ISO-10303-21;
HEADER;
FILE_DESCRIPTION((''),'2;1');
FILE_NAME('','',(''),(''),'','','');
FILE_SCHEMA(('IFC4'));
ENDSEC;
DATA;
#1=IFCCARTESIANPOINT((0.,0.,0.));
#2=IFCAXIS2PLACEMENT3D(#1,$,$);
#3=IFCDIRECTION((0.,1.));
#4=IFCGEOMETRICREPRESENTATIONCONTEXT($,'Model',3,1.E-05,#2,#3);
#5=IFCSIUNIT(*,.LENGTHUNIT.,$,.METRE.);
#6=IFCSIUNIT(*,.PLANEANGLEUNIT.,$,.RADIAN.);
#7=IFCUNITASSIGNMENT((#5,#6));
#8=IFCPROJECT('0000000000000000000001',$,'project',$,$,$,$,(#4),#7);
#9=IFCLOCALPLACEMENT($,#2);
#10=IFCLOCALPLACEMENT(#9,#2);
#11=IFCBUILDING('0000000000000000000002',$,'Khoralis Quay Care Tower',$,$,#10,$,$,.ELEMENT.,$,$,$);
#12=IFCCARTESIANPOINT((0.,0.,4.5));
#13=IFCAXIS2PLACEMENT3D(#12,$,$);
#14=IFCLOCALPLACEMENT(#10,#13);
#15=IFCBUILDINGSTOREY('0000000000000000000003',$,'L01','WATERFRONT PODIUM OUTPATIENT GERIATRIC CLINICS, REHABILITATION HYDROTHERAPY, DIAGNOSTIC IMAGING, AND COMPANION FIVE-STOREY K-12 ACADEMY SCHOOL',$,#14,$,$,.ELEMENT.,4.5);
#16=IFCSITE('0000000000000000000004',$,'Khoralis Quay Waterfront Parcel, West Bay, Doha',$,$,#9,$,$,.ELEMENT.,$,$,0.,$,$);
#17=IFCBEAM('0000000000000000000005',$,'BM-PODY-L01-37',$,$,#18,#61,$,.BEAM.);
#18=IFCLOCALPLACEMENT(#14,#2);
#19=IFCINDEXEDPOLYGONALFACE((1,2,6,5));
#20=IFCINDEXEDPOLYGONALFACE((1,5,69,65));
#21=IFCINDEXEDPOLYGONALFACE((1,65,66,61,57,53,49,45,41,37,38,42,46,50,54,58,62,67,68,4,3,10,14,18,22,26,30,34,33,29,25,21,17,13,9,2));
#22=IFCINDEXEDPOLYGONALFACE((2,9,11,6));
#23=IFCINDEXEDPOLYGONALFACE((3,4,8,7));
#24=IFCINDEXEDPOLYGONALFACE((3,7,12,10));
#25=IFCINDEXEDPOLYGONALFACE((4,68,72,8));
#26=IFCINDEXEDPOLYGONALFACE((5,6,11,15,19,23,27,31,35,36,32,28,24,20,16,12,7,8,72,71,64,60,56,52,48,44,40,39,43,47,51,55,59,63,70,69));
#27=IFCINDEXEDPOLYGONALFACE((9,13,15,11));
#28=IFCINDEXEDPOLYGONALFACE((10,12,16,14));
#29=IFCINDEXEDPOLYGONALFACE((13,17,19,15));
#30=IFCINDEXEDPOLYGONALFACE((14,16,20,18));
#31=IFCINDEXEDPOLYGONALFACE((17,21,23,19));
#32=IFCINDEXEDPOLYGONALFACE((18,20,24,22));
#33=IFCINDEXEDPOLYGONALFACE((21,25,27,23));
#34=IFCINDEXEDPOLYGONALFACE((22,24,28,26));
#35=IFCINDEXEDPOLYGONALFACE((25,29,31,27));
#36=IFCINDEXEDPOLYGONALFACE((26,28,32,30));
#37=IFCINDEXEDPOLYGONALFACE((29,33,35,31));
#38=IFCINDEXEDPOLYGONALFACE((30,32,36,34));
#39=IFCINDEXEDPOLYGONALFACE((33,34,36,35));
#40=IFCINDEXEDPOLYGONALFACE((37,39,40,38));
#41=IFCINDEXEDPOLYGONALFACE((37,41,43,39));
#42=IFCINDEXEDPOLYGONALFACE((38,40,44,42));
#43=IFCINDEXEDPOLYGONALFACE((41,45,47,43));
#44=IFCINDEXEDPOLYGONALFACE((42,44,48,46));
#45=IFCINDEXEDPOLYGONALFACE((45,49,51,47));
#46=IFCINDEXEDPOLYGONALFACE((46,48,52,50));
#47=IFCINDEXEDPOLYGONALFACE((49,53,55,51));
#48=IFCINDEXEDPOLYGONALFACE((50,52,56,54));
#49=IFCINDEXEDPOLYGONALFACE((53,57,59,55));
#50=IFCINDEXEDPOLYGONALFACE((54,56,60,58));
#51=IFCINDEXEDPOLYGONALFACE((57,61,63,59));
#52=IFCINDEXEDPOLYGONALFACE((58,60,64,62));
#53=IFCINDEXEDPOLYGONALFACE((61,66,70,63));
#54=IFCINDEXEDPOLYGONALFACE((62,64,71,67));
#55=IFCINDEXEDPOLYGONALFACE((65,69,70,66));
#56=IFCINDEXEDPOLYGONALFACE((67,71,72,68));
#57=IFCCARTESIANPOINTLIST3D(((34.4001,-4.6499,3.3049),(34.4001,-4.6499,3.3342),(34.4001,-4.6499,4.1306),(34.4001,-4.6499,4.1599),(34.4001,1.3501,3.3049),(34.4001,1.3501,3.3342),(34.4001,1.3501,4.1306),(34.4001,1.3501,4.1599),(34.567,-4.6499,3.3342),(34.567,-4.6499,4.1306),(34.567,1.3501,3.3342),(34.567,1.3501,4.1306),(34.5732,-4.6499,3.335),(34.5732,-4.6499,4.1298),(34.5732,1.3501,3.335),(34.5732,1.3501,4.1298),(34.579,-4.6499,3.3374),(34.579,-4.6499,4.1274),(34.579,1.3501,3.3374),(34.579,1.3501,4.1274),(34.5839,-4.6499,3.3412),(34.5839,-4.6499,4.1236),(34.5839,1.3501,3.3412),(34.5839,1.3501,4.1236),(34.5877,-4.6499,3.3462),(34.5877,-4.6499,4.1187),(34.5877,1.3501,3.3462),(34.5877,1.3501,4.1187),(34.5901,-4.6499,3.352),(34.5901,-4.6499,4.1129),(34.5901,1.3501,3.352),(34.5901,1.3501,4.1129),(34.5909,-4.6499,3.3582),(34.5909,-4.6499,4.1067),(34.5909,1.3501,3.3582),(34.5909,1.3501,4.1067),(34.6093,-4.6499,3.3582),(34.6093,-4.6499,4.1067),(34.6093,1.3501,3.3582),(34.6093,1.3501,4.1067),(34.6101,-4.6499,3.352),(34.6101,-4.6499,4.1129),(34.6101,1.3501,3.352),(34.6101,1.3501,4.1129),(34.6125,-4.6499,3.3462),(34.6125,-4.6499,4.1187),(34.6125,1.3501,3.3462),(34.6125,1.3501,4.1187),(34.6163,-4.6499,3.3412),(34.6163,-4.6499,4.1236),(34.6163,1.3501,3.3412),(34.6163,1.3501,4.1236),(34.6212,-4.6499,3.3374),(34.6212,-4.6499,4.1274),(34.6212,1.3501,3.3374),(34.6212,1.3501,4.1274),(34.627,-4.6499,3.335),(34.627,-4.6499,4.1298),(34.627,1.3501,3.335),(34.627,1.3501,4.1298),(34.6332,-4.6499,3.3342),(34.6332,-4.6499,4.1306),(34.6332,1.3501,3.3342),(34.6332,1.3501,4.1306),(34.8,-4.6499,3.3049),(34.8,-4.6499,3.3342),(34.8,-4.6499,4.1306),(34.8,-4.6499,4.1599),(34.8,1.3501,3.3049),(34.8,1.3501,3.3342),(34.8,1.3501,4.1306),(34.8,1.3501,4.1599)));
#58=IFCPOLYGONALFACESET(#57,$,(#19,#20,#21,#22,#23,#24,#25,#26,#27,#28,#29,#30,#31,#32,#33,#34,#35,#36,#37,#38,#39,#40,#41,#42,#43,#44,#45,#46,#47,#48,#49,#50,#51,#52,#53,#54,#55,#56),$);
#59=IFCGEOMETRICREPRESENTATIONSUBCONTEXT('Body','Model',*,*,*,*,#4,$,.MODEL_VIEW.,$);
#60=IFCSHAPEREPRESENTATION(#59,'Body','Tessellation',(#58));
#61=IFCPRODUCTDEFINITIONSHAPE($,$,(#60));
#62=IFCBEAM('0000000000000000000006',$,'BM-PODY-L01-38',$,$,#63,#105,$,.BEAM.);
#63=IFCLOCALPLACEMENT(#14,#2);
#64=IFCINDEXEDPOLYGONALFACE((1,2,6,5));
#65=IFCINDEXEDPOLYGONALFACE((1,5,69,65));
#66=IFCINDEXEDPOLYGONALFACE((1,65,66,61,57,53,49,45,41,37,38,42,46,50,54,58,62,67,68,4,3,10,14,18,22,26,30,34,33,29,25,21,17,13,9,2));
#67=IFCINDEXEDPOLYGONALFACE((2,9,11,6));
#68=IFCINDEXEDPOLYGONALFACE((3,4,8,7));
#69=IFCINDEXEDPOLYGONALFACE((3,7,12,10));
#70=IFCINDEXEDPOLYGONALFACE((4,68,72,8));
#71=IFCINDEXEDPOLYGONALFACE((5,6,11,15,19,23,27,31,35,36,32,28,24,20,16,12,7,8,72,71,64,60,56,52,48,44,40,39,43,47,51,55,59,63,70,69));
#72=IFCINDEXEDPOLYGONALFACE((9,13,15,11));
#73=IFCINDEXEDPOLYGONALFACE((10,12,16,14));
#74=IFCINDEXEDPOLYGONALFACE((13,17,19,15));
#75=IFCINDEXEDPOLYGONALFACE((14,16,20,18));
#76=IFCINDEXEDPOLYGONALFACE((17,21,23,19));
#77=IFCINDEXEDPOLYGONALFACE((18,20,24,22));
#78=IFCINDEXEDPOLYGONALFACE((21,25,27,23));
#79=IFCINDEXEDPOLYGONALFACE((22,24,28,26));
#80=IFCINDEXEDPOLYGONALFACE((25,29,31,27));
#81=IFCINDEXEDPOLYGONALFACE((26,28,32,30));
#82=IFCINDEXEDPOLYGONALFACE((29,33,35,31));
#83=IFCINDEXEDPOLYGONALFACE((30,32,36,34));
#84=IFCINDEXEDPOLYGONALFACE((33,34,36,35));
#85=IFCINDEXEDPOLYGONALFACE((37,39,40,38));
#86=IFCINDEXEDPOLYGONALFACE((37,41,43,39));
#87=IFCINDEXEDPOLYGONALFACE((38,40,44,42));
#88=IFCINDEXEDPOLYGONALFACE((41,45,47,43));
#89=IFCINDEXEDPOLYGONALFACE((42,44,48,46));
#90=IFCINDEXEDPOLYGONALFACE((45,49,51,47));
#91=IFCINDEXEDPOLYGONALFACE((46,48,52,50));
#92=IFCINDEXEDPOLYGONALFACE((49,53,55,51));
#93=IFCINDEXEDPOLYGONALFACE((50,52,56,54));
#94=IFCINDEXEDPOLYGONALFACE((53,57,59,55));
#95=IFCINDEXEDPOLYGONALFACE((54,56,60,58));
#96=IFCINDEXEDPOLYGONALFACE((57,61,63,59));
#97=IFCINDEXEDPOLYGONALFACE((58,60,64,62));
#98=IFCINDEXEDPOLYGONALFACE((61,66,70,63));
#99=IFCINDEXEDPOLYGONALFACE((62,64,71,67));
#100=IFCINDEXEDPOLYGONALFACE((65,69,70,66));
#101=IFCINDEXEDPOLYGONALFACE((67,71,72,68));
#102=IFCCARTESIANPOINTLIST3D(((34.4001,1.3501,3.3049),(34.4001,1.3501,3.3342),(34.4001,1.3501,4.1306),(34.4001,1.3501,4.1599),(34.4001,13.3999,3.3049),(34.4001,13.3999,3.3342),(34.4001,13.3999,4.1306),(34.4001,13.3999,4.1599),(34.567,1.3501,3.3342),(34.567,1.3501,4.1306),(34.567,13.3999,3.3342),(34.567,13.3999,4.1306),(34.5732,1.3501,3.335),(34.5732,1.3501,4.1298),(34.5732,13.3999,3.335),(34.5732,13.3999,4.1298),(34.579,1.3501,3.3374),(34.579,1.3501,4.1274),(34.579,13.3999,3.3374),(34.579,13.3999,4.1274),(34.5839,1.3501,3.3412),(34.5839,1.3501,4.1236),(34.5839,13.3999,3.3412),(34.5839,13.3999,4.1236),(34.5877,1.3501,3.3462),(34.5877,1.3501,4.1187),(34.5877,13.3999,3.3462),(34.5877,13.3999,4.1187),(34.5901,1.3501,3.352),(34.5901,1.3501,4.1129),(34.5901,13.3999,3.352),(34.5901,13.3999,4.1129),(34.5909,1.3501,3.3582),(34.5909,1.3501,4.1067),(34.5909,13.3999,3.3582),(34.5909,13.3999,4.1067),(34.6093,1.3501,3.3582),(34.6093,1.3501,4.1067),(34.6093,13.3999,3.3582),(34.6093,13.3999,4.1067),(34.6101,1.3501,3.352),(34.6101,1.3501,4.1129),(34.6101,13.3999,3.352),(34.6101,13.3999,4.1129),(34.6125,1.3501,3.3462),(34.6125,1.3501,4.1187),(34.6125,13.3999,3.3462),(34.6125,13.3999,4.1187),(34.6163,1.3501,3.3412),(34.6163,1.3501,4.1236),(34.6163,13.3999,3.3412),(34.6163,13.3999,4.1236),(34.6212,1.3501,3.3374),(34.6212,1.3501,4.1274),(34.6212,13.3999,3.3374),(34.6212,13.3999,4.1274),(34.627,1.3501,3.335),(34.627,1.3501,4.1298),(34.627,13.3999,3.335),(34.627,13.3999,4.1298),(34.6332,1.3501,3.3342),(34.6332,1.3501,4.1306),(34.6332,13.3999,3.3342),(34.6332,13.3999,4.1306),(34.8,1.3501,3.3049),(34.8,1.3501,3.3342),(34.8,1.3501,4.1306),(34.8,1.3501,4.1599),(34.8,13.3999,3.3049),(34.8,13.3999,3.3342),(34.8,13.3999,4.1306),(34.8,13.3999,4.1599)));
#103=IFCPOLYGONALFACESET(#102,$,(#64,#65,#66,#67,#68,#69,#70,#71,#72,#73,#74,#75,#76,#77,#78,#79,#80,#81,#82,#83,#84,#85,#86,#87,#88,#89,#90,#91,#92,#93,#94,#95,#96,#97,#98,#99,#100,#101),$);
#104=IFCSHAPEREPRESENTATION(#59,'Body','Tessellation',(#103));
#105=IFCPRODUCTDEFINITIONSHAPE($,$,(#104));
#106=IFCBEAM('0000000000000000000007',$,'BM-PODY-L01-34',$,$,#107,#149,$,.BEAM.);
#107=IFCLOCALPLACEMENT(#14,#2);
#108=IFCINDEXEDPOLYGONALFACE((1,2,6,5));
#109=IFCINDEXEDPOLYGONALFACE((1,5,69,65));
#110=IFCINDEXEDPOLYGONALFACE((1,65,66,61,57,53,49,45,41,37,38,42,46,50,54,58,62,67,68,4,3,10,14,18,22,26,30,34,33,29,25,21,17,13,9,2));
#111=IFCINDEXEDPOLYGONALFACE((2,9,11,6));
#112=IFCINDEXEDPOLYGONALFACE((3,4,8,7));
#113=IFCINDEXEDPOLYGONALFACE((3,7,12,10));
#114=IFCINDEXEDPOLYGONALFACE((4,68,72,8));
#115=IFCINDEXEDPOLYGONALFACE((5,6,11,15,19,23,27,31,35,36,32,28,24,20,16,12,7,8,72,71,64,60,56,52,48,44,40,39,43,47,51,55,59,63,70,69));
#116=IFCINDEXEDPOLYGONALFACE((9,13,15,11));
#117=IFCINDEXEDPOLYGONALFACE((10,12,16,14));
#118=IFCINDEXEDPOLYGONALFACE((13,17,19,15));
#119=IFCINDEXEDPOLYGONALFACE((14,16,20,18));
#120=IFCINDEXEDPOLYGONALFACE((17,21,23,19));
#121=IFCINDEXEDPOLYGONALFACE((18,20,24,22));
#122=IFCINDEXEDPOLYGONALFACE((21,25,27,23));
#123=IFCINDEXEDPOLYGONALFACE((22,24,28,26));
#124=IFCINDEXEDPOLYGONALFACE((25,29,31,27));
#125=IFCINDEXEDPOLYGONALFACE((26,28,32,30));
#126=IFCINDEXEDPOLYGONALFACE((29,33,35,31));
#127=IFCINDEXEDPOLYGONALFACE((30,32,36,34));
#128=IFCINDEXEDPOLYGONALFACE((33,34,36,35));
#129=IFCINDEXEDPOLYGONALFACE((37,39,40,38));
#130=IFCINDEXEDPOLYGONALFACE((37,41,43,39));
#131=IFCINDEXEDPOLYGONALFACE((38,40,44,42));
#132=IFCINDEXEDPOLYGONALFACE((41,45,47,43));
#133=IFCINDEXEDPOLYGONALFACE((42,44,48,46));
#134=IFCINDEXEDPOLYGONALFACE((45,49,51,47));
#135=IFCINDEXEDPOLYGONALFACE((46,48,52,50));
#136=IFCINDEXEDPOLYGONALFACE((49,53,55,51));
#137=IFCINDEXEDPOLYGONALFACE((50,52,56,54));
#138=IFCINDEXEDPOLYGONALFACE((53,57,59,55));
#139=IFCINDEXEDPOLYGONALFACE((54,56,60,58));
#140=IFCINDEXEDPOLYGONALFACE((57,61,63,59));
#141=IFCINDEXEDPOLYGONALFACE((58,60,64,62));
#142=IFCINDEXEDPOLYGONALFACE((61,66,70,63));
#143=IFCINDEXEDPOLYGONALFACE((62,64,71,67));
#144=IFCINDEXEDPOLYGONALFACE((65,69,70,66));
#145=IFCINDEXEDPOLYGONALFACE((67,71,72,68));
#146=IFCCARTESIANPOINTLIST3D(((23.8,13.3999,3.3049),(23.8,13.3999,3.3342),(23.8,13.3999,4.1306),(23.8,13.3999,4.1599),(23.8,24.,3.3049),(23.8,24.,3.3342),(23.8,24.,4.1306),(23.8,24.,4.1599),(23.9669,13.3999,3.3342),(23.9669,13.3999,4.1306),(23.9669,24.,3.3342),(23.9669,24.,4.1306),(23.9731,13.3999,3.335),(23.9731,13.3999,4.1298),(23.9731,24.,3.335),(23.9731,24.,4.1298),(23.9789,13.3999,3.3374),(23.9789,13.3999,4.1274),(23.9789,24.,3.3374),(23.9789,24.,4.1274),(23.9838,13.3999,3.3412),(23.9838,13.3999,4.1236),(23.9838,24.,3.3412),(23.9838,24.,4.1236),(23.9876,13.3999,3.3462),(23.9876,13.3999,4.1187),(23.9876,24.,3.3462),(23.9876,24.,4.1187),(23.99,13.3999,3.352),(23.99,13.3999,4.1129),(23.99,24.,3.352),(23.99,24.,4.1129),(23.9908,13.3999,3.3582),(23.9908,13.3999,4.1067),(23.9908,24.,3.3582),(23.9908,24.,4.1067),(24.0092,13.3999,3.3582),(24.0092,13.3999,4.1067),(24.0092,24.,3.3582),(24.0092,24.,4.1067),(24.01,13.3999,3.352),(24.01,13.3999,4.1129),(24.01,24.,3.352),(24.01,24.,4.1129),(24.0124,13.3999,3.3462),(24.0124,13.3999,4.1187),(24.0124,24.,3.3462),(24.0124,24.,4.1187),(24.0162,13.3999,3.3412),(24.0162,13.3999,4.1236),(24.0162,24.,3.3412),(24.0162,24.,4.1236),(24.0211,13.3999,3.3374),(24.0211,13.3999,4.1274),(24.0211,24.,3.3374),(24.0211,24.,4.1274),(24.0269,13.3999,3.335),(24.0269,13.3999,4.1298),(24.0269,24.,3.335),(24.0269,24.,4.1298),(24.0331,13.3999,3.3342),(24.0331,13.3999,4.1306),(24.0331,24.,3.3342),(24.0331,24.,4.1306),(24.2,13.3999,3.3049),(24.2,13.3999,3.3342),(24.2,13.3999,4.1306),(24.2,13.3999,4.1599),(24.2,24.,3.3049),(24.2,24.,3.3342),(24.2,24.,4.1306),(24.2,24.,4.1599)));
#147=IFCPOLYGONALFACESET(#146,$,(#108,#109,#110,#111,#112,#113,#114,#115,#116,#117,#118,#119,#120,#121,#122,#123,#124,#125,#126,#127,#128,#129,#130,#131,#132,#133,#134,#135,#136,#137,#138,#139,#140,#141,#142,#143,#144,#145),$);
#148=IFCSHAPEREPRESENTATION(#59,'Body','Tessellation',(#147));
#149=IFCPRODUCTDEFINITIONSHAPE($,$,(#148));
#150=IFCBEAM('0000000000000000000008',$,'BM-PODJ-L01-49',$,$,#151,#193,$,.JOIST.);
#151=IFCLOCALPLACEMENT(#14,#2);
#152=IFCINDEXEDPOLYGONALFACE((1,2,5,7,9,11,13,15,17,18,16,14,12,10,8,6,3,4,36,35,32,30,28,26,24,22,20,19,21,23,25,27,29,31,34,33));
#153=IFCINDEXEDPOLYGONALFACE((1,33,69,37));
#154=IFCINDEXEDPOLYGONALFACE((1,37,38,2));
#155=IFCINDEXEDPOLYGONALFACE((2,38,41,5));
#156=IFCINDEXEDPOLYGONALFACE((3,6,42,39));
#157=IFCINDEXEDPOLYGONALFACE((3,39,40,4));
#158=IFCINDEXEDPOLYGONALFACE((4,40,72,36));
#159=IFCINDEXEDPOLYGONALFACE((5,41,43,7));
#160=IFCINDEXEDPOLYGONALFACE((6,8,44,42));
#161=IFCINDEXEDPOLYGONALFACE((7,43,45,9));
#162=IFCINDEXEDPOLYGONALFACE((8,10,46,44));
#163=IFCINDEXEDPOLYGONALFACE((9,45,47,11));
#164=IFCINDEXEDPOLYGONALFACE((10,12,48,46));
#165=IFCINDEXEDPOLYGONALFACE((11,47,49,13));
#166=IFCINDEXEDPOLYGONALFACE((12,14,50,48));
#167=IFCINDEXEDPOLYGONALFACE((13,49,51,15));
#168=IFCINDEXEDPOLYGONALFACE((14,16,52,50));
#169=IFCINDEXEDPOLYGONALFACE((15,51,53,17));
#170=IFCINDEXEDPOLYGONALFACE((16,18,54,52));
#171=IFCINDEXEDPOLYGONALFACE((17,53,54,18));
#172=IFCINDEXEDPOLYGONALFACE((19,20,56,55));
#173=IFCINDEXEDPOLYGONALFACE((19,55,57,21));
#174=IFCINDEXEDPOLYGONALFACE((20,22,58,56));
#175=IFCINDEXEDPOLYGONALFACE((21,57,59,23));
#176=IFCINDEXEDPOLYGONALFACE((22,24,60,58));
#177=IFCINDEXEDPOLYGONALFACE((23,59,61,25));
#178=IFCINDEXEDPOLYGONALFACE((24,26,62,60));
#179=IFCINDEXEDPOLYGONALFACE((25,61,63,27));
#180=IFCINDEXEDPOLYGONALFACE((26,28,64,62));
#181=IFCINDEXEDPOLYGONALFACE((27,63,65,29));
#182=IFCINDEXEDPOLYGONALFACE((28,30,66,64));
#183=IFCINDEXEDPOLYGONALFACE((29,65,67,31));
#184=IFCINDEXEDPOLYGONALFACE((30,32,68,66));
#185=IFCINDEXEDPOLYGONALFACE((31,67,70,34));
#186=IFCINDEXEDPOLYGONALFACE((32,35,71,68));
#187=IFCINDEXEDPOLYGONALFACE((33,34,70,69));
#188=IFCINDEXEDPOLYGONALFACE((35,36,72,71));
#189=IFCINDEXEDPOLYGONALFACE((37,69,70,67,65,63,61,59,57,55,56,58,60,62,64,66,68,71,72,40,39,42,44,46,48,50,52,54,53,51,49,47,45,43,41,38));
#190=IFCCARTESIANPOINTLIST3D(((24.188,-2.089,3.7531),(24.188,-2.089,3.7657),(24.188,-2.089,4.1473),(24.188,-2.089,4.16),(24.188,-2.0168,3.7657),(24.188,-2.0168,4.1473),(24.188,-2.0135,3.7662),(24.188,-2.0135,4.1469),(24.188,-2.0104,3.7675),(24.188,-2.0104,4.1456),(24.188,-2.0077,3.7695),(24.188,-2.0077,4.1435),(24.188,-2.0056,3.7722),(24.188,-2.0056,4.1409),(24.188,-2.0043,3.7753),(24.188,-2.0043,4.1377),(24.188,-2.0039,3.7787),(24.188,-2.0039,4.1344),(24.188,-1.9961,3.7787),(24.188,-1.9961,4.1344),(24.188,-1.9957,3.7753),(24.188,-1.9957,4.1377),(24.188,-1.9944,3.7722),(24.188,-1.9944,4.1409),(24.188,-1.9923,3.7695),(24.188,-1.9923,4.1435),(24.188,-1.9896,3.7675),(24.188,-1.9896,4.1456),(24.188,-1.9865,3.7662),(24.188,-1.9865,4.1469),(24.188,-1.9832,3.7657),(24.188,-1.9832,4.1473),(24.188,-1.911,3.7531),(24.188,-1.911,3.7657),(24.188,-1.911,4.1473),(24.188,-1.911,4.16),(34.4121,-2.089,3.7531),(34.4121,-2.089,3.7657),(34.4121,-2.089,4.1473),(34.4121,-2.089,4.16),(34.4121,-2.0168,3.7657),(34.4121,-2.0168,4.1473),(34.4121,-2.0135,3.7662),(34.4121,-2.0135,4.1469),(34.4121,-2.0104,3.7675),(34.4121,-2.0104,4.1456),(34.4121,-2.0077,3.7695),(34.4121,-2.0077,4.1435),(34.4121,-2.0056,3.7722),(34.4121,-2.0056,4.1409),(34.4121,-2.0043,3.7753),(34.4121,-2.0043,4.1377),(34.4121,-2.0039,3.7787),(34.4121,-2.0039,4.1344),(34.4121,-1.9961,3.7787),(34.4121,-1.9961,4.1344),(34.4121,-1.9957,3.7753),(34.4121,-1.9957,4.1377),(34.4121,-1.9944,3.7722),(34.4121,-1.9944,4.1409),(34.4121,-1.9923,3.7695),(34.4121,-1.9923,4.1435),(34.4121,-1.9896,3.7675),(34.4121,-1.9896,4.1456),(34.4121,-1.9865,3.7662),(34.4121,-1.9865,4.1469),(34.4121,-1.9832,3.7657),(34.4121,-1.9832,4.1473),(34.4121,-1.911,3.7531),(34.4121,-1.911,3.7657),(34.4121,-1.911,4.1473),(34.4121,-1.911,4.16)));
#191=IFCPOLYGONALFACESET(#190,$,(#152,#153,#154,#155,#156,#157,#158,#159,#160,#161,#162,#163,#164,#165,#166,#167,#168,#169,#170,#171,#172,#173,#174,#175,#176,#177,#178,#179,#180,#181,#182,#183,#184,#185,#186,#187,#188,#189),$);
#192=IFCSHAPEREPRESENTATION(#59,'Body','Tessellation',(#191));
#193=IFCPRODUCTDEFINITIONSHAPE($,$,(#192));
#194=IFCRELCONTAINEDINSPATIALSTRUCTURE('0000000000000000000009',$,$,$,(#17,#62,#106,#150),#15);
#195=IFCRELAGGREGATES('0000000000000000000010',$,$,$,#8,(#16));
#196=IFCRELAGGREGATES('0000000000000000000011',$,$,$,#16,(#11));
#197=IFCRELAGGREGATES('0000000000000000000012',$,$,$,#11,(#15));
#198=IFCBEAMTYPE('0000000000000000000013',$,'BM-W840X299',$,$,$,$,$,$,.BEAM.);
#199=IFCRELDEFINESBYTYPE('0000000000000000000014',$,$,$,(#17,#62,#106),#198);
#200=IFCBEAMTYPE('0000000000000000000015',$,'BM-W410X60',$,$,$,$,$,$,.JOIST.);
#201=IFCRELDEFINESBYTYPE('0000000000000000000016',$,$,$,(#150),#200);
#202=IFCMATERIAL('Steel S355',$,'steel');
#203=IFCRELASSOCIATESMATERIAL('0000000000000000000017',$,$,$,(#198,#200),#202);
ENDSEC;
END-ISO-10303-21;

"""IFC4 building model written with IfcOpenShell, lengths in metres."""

from ifc_helpers import new_model, si_unit, direction, frame, origin, origin_2d, place, context, subcontext, project, spatial, i_section, extrude, source, transform, mapped, material, material_profile, profile_set, type_object, element, save


model = new_model("IFC4")

# Units and contexts
model_context = context("Model", 3, precision=1e-05, world=origin(), true_north=direction((0.0, 1.0)))
body_context = subcontext(model_context, "Body", "Model", "MODEL_VIEW")
ifc_project = project(units=[si_unit("LENGTHUNIT", "METRE"), si_unit("PLANEANGLEUNIT", "RADIAN")], contexts=[model_context])

# Site, building, storey
site_placement = place(None, origin())
site = spatial("IfcSite", under=ifc_project, at=site_placement, Name="Khoralis Quay Waterfront Parcel, West Bay, Doha", CompositionType="ELEMENT", RefElevation=0.0)
building_placement = place(site_placement, origin())
building = spatial("IfcBuilding", under=site, at=building_placement, Name="Khoralis Quay Care Tower", CompositionType="ELEMENT")
storey_placement = place(building_placement, frame((0.0, 0.0, 4.5)))
storey = spatial("IfcBuildingStorey", under=building, at=storey_placement, Name="L01", Description="WATERFRONT PODIUM OUTPATIENT GERIATRIC CLINICS, REHABILITATION HYDROTHERAPY, DIAGNOSTIC IMAGING, AND COMPANION FIVE-STOREY K-12 ACADEMY SCHOOL", CompositionType="ELEMENT", Elevation=4.5)

# Beams
ifc_material_1 = material(Name="Steel S355", Category="steel")
ifc_material_profile_1 = material_profile(ifc_material_1, i_section(OverallWidth=0.3999, OverallDepth=0.855, WebThickness=0.0183, FlangeThickness=0.0293, FilletRadius=0.0239, at=origin_2d()), Name="Steel S355")
ifc_profile_set_1 = profile_set([ifc_material_profile_1], Name="Steel S355")
beam_type_1 = type_object("IfcBeamType", Name="BM-W840X299", PredefinedType="BEAM", material=ifc_profile_set_1)
shared_shape_1 = source(origin(), body_context, "Body", "SweptSolid", [
    extrude(i_section(OverallWidth=0.3999, OverallDepth=0.855, WebThickness=0.0183, FlangeThickness=0.0293, FilletRadius=0.0239, at=origin_2d()), origin(), (0.0, 0.0, 1.0), 6.0),
])
beam_1_placement = place(storey_placement, frame((34.6001, -4.6499, 3.7324), z_axis=(0.0, 1.0, 0.0), x_axis=(-1.0, 0.0, 0.0)))
element("IfcBeam", 1, at=beam_1_placement, inside=storey, type_object=beam_type_1, Name="BM-PODY-L01-37", PredefinedType="BEAM", context=body_context, shape_type="MappedRepresentation", body=[
    mapped(shared_shape_1, transform((0.0, 0.0, 0.0), scale=1.0)),
])
shared_shape_2 = source(origin(), body_context, "Body", "SweptSolid", [
    extrude(i_section(OverallWidth=0.3999, OverallDepth=0.855, WebThickness=0.0183, FlangeThickness=0.0293, FilletRadius=0.0239, at=origin_2d()), origin(), (0.0, 0.0, 1.0), 12.0498),
])
beam_2_placement = place(storey_placement, frame((34.6001, 1.3501, 3.7324), z_axis=(0.0, 1.0, 0.0), x_axis=(-1.0, 0.0, 0.0)))
element("IfcBeam", 2, at=beam_2_placement, inside=storey, type_object=beam_type_1, Name="BM-PODY-L01-38", PredefinedType="BEAM", context=body_context, shape_type="MappedRepresentation", body=[
    mapped(shared_shape_2, transform((0.0, 0.0, 0.0), scale=1.0)),
])
shared_shape_3 = source(origin(), body_context, "Body", "SweptSolid", [
    extrude(i_section(OverallWidth=0.3999, OverallDepth=0.855, WebThickness=0.0183, FlangeThickness=0.0293, FilletRadius=0.0239, at=origin_2d()), origin(), (0.0, 0.0, 1.0), 10.6001),
])
beam_3_placement = place(storey_placement, frame((24.0, 13.3999, 3.7324), z_axis=(0.0, 1.0, 0.0), x_axis=(-1.0, 0.0, 0.0)))
element("IfcBeam", 3, at=beam_3_placement, inside=storey, type_object=beam_type_1, Name="BM-PODY-L01-34", PredefinedType="BEAM", context=body_context, shape_type="MappedRepresentation", body=[
    mapped(shared_shape_3, transform((0.0, 0.0, 0.0), scale=1.0)),
])
ifc_material_profile_2 = material_profile(ifc_material_1, i_section(OverallWidth=0.178, OverallDepth=0.407, WebThickness=0.0078, FlangeThickness=0.0127, FilletRadius=0.0129, at=origin_2d()), Name="Steel S355")
ifc_profile_set_2 = profile_set([ifc_material_profile_2], Name="Steel S355")
beam_type_2 = type_object("IfcBeamType", Name="BM-W410X60", PredefinedType="JOIST", material=ifc_profile_set_2)
shared_shape_4 = source(origin(), body_context, "Body", "SweptSolid", [
    extrude(i_section(OverallWidth=0.178, OverallDepth=0.407, WebThickness=0.0078, FlangeThickness=0.0127, FilletRadius=0.0129, at=origin_2d()), origin(), (0.0, 0.0, 1.0), 10.2241),
])
beam_4_placement = place(storey_placement, frame((24.188, -2.0, 3.9565), z_axis=(1.0, 0.0, 0.0), x_axis=(0.0, 1.0, 0.0)))
element("IfcBeam", 4, at=beam_4_placement, inside=storey, type_object=beam_type_2, Name="BM-PODJ-L01-49", PredefinedType="JOIST", context=body_context, shape_type="MappedRepresentation", body=[
    mapped(shared_shape_4, transform((0.0, 0.0, 0.0), scale=1.0)),
])

save(model, "model.ifc")
